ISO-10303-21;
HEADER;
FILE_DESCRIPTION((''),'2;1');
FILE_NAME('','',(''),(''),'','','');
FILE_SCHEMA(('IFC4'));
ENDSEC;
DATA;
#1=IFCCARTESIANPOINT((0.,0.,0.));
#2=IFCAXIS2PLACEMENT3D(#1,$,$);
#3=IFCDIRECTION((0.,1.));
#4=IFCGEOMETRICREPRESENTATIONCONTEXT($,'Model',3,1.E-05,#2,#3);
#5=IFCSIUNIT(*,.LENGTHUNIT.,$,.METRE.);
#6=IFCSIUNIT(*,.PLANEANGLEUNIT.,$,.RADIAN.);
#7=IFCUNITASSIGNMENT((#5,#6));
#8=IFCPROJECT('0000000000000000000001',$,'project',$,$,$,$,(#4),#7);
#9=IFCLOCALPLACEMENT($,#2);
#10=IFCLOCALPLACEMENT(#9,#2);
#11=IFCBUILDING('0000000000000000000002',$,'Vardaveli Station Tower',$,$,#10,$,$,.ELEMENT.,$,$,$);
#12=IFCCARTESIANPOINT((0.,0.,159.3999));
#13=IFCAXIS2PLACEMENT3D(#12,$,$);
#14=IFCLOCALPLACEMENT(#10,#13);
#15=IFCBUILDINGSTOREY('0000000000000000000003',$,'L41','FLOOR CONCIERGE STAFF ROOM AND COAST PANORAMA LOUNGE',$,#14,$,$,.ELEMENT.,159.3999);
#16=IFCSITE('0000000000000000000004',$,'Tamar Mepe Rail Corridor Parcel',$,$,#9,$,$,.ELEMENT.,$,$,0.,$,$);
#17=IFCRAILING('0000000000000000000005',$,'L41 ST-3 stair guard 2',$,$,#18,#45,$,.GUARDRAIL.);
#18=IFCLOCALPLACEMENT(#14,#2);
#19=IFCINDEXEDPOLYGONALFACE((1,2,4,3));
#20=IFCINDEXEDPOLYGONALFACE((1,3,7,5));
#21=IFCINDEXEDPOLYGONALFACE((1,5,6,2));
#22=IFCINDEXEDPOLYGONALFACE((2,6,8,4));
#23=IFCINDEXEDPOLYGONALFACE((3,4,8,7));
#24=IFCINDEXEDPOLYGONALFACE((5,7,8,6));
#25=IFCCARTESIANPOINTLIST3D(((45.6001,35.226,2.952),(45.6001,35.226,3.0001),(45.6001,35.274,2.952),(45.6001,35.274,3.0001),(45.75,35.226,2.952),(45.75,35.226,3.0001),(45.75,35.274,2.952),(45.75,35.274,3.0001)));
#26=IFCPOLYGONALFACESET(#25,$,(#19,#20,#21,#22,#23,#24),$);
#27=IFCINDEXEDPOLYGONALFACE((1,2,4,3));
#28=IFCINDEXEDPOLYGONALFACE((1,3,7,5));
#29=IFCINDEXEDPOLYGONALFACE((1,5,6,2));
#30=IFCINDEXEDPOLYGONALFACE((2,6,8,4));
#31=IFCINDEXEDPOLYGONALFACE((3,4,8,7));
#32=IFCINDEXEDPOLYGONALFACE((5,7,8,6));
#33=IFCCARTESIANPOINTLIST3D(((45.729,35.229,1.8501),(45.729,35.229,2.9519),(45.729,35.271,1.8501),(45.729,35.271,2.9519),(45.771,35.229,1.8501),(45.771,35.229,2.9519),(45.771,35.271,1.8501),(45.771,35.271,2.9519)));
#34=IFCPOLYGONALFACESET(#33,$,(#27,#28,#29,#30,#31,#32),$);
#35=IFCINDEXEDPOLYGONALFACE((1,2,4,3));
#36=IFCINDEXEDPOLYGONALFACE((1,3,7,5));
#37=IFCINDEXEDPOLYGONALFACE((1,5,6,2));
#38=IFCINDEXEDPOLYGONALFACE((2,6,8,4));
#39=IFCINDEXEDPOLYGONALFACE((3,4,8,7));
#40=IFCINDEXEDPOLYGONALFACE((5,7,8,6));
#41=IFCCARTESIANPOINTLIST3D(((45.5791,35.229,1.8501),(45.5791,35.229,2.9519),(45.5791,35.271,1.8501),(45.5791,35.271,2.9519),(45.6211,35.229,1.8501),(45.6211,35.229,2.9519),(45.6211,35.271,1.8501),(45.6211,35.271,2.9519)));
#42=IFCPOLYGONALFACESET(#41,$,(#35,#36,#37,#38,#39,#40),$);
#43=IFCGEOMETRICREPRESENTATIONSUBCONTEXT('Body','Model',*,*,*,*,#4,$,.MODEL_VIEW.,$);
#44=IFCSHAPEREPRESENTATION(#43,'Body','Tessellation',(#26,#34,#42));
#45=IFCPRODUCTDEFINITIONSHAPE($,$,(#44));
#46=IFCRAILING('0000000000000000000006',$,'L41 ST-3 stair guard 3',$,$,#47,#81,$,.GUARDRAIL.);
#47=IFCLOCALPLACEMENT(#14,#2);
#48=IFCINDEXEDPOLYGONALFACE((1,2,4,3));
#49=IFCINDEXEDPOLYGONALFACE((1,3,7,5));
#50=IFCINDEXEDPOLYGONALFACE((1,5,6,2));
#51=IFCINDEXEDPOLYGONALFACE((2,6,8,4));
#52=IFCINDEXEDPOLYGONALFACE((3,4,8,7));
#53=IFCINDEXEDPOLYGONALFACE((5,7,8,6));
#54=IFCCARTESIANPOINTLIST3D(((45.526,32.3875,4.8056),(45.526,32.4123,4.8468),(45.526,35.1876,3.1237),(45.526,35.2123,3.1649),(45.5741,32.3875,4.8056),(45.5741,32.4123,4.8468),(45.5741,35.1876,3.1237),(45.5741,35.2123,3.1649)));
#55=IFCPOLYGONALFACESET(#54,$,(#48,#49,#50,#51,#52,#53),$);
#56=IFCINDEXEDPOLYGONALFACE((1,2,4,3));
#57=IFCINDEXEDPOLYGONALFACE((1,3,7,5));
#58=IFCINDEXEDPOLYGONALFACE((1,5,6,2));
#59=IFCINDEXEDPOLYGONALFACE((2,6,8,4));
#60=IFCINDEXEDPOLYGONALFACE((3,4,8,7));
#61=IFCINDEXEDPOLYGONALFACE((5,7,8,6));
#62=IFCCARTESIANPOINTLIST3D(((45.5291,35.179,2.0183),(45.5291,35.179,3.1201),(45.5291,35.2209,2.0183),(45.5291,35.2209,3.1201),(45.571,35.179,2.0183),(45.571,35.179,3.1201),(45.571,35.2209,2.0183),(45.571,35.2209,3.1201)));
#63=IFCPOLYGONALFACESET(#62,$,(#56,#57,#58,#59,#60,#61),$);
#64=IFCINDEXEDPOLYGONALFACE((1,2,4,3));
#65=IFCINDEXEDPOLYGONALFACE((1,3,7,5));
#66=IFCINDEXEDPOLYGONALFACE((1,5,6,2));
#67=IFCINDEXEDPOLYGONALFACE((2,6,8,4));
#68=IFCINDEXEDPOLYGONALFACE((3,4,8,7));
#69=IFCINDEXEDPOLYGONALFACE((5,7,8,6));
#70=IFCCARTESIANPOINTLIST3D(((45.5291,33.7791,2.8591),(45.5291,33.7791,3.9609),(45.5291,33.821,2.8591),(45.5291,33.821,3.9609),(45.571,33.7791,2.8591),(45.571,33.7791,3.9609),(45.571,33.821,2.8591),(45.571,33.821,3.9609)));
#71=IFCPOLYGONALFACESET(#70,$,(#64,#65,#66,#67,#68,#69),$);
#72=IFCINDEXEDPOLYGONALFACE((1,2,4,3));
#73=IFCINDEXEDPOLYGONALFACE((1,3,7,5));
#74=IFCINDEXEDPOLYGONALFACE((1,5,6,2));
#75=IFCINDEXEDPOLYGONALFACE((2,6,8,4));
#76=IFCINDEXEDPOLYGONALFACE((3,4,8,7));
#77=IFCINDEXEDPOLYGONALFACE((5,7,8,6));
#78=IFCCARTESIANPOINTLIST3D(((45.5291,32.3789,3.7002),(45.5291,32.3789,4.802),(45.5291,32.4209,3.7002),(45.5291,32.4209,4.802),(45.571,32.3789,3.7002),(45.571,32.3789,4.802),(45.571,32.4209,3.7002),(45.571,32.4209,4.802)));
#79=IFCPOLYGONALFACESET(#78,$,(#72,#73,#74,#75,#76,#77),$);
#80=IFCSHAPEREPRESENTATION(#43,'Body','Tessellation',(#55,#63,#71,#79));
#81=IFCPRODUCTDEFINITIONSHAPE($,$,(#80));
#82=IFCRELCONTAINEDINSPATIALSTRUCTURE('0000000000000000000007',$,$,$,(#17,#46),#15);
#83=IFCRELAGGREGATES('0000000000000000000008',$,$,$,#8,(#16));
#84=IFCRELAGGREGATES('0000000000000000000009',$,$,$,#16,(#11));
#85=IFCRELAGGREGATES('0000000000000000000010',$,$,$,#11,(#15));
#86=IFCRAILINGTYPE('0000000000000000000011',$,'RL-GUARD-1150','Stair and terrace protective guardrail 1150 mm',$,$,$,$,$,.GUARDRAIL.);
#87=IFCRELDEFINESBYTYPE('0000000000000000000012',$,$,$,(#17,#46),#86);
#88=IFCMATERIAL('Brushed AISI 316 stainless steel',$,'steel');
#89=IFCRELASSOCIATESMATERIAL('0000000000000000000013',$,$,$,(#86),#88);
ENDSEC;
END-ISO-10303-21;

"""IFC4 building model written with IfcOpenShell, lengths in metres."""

from ifc_helpers import new_model, si_unit, direction, frame, origin, origin_2d, place, context, subcontext, project, spatial, rectangle, extrude, source, transform, mapped, material, type_object, element, save


model = new_model("IFC4")

# Units and contexts
model_context = context("Model", 3, precision=1e-05, world=origin(), true_north=direction((0.0, 1.0)))
body_context = subcontext(model_context, "Body", "Model", "MODEL_VIEW")
ifc_project = project(units=[si_unit("LENGTHUNIT", "METRE"), si_unit("PLANEANGLEUNIT", "RADIAN")], contexts=[model_context])

# Site, building, storey
site_placement = place(None, origin())
site = spatial("IfcSite", under=ifc_project, at=site_placement, Name="Tamar Mepe Rail Corridor Parcel", CompositionType="ELEMENT", RefElevation=0.0)
building_placement = place(site_placement, origin())
building = spatial("IfcBuilding", under=site, at=building_placement, Name="Vardaveli Station Tower", CompositionType="ELEMENT")
storey_placement = place(building_placement, frame((0.0, 0.0, 159.3999)))
storey = spatial("IfcBuildingStorey", under=building, at=storey_placement, Name="L41", Description="FLOOR CONCIERGE STAFF ROOM AND COAST PANORAMA LOUNGE", CompositionType="ELEMENT", Elevation=159.3999)

# Railings
ifc_material_1 = material(Name="Brushed AISI 316 stainless steel", Category="steel")
railing_type = type_object("IfcRailingType", Name="RL-GUARD-1150", Description="Stair and terrace protective guardrail 1150 mm", PredefinedType="GUARDRAIL", material=ifc_material_1)
shared_shape_1 = source(origin(), body_context, "Body", "SweptSolid", [
    extrude(rectangle(XDim=0.0481, YDim=0.0481, at=origin_2d()), frame((0.0, 0.0, 1.126), z_axis=(-1.0, 0.0, 0.0), x_axis=(0.0, -1.0, 0.0)), (0.0, 0.0, 1.0), 0.1499),
    extrude(rectangle(XDim=0.042, YDim=0.042, at=origin_2d()), origin(), (0.0, 0.0, 1.0), 1.1018),
    extrude(rectangle(XDim=0.042, YDim=0.042, at=origin_2d()), frame((-0.1499, 0.0, 0.0)), (0.0, 0.0, 1.0), 1.1018),
])
railing_1_placement = place(storey_placement, frame((45.75, 35.25, 1.8501)))
element("IfcRailing", 1, at=railing_1_placement, inside=storey, type_object=railing_type, Name="L41 ST-3 stair guard 2", PredefinedType="GUARDRAIL", context=body_context, shape_type="MappedRepresentation", body=[
    mapped(shared_shape_1, transform((0.0, 0.0, 0.0), scale=1.0)),
])
shared_shape_2 = source(origin(), body_context, "Body", "SweptSolid", [
    extrude(rectangle(XDim=0.0481, YDim=0.0481, at=origin_2d()), frame((0.0, 0.0, 1.126), z_axis=(0.0, -0.857242, 0.514913), x_axis=(1.0, 0.0, 0.0)), (0.0, 0.0, 1.0), 3.2664),
    extrude(rectangle(XDim=0.042, YDim=0.042, at=origin_2d()), origin(), (0.0, 0.0, 1.0), 1.1018),
    extrude(rectangle(XDim=0.042, YDim=0.042, at=origin_2d()), frame((0.0, -1.3999, 0.8408)), (0.0, 0.0, 1.0), 1.1018),
    extrude(rectangle(XDim=0.042, YDim=0.042, at=origin_2d()), frame((0.0, -2.8, 1.6819)), (0.0, 0.0, 1.0), 1.1018),
])
railing_2_placement = place(storey_placement, frame((45.55, 35.2, 2.0183)))
element("IfcRailing", 2, at=railing_2_placement, inside=storey, type_object=railing_type, Name="L41 ST-3 stair guard 3", PredefinedType="GUARDRAIL", context=body_context, shape_type="MappedRepresentation", body=[
    mapped(shared_shape_2, transform((0.0, 0.0, 0.0), scale=1.0)),
])

save(model, "model.ifc")
